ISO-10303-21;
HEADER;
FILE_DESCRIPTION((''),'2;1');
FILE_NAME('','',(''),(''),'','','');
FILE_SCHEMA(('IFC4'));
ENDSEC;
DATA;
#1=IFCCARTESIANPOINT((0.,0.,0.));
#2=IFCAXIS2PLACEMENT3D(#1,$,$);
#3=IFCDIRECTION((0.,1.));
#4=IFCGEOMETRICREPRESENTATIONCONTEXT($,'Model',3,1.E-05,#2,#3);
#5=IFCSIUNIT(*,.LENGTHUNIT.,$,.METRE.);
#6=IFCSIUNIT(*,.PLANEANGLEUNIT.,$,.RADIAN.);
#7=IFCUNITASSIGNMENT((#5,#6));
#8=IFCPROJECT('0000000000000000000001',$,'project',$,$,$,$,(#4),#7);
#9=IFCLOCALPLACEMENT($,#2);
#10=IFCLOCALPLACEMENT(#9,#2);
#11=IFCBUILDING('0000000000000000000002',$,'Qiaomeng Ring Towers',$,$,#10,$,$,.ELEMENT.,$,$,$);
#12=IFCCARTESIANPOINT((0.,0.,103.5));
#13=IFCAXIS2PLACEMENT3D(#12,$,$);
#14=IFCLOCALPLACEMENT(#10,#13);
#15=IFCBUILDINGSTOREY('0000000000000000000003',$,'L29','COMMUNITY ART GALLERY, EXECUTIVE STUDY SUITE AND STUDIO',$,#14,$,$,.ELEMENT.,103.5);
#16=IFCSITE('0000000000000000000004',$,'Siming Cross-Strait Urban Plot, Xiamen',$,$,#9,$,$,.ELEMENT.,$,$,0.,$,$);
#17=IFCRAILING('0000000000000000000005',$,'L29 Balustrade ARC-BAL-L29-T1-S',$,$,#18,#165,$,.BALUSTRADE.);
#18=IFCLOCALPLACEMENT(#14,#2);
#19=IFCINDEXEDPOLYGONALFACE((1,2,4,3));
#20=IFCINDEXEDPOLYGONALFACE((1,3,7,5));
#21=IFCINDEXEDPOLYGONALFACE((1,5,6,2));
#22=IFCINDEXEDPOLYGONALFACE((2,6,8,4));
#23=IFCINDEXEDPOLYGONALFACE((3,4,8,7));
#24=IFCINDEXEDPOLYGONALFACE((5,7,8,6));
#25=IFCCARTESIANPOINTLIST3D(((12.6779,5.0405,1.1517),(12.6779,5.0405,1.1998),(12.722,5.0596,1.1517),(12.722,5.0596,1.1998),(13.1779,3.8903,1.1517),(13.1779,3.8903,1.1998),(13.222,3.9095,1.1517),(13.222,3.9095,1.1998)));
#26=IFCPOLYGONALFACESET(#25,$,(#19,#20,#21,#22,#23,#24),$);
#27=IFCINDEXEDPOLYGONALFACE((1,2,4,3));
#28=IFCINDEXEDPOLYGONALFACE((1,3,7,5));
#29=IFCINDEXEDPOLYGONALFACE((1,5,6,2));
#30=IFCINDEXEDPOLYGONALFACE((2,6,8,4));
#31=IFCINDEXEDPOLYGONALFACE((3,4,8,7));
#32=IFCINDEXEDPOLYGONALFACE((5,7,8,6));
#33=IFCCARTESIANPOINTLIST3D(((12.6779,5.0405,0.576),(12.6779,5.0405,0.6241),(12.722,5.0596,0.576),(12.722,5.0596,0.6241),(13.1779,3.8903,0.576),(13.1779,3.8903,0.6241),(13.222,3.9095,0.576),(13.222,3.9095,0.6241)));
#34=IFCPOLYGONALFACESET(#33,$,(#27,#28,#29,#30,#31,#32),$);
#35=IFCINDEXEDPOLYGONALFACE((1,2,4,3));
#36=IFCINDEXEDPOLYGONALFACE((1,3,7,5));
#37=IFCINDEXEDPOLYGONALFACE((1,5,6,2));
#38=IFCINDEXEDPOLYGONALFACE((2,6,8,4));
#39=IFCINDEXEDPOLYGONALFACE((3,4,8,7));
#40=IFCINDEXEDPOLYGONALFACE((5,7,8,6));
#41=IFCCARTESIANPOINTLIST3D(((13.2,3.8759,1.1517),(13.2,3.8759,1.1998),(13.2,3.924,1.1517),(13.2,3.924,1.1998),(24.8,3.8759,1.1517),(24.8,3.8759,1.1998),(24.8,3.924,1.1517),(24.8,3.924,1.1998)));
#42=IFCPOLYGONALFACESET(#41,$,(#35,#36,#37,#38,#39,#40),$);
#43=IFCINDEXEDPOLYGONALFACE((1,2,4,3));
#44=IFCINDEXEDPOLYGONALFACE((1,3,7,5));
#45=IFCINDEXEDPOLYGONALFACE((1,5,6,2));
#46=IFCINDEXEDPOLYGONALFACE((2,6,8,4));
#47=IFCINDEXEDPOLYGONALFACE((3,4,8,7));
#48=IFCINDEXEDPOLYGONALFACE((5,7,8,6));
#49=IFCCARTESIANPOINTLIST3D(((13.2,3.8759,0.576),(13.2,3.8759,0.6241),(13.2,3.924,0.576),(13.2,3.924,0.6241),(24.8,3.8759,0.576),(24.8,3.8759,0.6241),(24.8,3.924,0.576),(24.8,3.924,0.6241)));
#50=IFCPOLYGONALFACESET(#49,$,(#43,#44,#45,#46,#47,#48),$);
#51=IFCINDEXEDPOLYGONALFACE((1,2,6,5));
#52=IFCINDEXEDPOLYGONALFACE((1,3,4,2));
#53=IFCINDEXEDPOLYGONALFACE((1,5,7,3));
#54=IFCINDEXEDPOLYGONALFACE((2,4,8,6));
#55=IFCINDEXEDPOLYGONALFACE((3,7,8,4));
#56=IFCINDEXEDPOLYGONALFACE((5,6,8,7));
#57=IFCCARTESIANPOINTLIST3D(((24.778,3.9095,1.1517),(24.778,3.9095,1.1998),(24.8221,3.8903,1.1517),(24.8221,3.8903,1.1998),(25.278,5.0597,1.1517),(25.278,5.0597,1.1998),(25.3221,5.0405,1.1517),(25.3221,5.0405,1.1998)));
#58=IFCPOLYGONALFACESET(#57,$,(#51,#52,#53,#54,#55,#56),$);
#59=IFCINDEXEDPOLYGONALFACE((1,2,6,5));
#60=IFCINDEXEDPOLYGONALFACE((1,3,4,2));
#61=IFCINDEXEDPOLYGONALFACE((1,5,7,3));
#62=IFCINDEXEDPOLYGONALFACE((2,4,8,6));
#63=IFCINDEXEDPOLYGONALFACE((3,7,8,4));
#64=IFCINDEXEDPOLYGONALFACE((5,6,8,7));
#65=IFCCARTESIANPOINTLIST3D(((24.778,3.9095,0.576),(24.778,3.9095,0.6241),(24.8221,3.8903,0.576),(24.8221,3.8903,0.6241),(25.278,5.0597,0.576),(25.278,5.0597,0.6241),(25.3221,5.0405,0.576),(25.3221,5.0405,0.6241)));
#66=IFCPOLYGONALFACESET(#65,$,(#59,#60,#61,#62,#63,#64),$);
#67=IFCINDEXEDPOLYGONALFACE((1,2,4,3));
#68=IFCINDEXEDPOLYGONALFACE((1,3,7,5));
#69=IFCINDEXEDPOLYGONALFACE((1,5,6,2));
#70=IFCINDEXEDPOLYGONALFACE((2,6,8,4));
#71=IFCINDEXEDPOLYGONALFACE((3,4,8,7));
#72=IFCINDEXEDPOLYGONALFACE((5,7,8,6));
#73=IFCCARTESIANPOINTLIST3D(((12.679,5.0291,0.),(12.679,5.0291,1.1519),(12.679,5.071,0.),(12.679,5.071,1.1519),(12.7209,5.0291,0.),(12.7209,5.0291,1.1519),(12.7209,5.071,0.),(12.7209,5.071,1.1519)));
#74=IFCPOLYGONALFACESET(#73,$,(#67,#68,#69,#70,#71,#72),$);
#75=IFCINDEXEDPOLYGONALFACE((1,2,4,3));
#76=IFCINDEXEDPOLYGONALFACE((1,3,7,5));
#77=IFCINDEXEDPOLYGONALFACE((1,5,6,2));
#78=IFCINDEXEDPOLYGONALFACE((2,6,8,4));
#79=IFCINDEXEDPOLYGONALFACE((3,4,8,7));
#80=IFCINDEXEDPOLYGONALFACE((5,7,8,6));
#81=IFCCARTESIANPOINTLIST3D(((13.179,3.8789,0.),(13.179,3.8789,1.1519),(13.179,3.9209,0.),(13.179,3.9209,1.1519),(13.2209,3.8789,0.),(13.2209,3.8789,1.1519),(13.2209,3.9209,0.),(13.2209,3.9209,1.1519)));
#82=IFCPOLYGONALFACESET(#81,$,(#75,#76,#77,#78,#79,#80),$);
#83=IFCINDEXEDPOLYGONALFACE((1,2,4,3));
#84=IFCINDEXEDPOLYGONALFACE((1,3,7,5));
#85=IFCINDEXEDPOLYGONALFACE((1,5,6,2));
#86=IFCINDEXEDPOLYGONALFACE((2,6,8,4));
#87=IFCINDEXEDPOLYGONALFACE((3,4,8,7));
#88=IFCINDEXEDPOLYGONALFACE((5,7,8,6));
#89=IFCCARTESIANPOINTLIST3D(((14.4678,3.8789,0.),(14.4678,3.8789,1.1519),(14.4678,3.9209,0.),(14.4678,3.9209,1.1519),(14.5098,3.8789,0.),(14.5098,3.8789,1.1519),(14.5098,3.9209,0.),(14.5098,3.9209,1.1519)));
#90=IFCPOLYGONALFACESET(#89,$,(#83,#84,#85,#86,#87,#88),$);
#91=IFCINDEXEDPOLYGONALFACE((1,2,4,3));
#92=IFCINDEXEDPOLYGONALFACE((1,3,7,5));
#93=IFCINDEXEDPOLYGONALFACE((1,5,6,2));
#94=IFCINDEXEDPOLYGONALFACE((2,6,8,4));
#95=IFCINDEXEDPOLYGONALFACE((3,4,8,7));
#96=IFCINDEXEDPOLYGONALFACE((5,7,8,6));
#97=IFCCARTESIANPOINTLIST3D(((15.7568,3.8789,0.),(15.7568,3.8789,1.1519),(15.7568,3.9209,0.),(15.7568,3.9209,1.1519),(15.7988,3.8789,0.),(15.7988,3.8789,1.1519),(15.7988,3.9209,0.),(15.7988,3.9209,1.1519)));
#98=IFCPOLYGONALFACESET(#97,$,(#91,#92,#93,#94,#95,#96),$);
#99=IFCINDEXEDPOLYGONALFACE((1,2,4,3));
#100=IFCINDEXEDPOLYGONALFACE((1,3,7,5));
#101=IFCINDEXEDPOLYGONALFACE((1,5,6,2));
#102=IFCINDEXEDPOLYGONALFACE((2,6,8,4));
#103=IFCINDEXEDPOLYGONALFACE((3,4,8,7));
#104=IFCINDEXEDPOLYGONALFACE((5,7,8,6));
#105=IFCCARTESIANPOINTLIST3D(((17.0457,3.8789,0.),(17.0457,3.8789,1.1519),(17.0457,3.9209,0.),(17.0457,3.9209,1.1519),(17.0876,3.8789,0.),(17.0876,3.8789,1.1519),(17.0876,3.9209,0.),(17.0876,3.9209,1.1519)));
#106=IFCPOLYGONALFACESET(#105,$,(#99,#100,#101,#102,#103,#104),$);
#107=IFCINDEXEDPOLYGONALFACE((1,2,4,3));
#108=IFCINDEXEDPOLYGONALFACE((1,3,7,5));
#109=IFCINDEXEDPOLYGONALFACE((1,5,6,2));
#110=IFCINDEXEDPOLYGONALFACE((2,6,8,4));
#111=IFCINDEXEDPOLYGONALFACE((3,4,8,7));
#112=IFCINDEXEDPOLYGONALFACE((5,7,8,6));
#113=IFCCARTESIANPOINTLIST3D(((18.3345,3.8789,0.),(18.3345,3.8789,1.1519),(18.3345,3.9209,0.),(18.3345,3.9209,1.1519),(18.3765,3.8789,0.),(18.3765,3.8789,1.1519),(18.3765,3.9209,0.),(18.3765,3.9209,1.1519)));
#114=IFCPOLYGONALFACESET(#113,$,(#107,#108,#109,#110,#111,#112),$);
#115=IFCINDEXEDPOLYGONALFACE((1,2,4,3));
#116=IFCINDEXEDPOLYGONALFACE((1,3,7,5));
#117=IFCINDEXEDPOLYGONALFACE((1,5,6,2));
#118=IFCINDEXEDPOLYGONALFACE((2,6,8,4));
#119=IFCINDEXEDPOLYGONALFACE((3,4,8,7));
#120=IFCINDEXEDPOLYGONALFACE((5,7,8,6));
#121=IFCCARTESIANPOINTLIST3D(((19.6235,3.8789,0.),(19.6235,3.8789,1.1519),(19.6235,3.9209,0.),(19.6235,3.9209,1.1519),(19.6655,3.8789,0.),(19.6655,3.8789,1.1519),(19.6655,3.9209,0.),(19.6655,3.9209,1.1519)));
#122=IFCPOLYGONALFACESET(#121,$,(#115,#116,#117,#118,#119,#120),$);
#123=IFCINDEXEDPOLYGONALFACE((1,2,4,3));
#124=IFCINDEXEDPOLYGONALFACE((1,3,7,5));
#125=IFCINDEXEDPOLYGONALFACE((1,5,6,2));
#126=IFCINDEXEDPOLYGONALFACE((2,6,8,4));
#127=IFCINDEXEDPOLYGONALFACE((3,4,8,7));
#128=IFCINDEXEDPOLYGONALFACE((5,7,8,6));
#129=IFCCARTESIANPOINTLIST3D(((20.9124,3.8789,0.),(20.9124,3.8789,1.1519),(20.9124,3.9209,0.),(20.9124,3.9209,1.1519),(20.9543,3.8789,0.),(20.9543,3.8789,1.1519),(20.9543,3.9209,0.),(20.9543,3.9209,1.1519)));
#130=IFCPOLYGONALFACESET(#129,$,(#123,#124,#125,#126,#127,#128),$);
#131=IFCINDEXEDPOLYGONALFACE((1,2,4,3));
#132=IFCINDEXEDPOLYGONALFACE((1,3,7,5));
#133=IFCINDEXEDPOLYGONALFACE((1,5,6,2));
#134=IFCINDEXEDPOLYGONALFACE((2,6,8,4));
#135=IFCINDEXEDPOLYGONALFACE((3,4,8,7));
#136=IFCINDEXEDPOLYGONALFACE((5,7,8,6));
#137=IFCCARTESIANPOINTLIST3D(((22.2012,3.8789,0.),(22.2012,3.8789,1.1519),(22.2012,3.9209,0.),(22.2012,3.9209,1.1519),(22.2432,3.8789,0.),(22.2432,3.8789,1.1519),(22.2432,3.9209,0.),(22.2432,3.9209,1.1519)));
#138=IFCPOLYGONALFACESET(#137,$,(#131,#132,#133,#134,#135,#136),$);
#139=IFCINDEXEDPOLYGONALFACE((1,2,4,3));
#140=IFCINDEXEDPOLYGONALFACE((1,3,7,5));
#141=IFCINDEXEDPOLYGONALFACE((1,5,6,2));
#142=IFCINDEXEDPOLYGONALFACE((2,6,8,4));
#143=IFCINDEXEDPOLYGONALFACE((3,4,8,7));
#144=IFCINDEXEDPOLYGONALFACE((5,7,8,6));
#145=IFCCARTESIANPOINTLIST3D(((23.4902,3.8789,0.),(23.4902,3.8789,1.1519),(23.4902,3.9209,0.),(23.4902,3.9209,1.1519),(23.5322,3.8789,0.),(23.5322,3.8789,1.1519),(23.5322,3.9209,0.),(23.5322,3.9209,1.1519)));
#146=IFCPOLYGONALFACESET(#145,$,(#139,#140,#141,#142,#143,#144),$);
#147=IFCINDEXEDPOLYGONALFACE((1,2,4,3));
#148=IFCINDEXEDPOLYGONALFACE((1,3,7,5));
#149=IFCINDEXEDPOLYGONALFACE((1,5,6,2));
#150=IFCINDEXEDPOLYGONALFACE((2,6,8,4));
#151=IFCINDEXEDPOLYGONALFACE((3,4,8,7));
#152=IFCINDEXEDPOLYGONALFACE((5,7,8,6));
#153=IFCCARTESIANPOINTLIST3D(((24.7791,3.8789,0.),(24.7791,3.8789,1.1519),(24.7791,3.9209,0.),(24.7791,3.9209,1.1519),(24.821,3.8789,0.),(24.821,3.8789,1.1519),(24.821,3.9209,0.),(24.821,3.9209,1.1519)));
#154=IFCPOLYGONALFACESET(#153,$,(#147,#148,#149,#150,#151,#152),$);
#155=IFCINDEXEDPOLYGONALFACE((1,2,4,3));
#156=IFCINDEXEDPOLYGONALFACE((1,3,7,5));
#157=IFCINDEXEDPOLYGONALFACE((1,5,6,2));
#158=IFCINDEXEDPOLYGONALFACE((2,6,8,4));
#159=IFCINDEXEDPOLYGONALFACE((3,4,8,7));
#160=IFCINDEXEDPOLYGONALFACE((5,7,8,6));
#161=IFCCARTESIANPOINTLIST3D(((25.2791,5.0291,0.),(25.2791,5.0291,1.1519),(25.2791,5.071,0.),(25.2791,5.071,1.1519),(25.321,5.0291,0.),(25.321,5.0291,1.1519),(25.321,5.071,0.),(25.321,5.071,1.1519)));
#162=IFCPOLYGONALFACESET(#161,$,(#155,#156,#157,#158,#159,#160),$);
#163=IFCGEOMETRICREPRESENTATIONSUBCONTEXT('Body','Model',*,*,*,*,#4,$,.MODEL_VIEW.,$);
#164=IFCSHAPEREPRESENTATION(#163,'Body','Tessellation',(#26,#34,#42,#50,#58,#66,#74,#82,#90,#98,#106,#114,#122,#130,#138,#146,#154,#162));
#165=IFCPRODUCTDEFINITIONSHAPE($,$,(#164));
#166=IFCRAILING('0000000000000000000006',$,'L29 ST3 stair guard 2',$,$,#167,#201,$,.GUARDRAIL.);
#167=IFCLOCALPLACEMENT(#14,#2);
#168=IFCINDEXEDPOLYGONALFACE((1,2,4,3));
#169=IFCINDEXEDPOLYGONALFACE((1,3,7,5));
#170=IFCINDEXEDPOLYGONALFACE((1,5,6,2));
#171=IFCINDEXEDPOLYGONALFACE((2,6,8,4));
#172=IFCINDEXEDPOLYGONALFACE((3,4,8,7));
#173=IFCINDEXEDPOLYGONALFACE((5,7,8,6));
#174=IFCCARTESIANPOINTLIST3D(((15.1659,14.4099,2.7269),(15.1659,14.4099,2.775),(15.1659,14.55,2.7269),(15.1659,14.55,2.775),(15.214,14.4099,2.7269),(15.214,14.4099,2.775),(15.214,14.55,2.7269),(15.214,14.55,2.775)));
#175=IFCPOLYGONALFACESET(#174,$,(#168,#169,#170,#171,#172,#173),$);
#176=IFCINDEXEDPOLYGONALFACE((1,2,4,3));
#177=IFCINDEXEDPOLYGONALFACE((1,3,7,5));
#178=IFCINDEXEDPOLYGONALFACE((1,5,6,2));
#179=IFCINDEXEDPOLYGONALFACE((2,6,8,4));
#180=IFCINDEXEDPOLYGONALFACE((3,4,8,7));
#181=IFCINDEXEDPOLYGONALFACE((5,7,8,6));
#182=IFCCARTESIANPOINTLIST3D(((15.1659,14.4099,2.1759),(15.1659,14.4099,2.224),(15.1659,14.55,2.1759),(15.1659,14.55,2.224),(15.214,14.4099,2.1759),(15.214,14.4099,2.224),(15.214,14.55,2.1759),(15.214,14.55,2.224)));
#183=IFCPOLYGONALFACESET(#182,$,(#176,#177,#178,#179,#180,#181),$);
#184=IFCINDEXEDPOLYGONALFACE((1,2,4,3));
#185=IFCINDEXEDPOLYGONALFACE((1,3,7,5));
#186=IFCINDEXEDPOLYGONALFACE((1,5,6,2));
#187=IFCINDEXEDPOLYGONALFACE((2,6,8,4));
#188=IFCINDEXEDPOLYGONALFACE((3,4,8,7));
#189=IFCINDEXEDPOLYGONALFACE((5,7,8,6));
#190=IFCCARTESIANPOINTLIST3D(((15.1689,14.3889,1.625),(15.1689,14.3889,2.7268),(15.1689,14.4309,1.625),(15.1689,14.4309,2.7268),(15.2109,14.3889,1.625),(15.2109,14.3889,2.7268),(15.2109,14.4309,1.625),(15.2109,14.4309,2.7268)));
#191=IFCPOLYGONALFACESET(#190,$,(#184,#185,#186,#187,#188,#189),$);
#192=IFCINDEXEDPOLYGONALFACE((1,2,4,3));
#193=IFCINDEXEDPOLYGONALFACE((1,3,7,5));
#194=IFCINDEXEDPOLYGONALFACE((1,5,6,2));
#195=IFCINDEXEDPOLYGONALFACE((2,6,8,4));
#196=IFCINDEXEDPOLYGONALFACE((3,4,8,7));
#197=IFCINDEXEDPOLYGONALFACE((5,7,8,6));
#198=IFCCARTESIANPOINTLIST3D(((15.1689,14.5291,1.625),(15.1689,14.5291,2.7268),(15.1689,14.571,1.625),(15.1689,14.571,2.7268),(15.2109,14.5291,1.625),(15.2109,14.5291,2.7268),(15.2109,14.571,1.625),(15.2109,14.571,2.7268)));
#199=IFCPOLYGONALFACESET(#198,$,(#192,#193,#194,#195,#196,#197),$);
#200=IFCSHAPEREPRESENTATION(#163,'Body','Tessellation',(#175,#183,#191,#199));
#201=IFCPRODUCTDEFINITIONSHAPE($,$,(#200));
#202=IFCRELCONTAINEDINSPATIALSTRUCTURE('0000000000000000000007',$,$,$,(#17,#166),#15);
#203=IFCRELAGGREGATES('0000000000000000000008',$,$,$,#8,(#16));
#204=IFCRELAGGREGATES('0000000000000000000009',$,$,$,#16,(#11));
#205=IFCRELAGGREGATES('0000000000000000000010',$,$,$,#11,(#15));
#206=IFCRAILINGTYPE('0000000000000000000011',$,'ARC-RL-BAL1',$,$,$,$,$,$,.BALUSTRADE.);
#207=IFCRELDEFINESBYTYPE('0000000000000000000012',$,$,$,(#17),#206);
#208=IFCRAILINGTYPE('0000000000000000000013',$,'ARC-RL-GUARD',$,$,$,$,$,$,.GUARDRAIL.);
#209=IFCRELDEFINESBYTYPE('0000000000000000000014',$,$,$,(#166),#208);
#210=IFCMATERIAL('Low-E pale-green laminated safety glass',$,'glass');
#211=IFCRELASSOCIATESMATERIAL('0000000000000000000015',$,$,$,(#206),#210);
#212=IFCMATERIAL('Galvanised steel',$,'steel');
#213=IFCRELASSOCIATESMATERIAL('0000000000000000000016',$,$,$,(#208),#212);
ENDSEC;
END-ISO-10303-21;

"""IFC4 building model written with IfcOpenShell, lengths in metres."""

from ifc_helpers import new_model, si_unit, direction, frame, origin, origin_2d, place, context, subcontext, project, spatial, rectangle, extrude, material, type_object, element, save


model = new_model("IFC4")

# Units and contexts
model_context = context("Model", 3, precision=1e-05, world=origin(), true_north=direction((0.0, 1.0)))
body_context = subcontext(model_context, "Body", "Model", "MODEL_VIEW")
ifc_project = project(units=[si_unit("LENGTHUNIT", "METRE"), si_unit("PLANEANGLEUNIT", "RADIAN")], contexts=[model_context])

# Site, building, storey
site_placement = place(None, origin())
site = spatial("IfcSite", under=ifc_project, at=site_placement, Name="Siming Cross-Strait Urban Plot, Xiamen", CompositionType="ELEMENT", RefElevation=0.0)
building_placement = place(site_placement, origin())
building = spatial("IfcBuilding", under=site, at=building_placement, Name="Qiaomeng Ring Towers", CompositionType="ELEMENT")
storey_placement = place(building_placement, frame((0.0, 0.0, 103.5)))
storey = spatial("IfcBuildingStorey", under=building, at=storey_placement, Name="L29", Description="COMMUNITY ART GALLERY, EXECUTIVE STUDY SUITE AND STUDIO", CompositionType="ELEMENT", Elevation=103.5)

# Shared definitions
ifc_material_1 = material(Name="Galvanised steel", Category="steel")

# Railings
ifc_material_2 = material(Name="Low-E pale-green laminated safety glass", Category="glass")
railing_type_1 = type_object("IfcRailingType", Name="ARC-RL-BAL1", PredefinedType="BALUSTRADE", material=ifc_material_2)
railing_1_placement = place(storey_placement, frame((12.7, 5.05, 0.0)))
element("IfcRailing", 1, at=railing_1_placement, inside=storey, type_object=railing_type_1, Name="L29 Balustrade ARC-BAL-L29-T1-S", PredefinedType="BALUSTRADE", context=body_context, shape_type="SweptSolid", body=[
    extrude(rectangle(XDim=0.0481, YDim=0.0481, at=origin_2d()), frame((0.0, 0.0, 1.1758), z_axis=(0.398683, -0.917089, 0.0), x_axis=(0.917089, 0.398683, 0.0)), (0.0, 0.0, 1.0), 1.2542),
    extrude(rectangle(XDim=0.0481, YDim=0.0481, at=origin_2d()), frame((0.0, 0.0, 0.6001), z_axis=(0.398683, -0.917089, 0.0), x_axis=(0.917089, 0.398683, 0.0)), (0.0, 0.0, 1.0), 1.2542),
    extrude(rectangle(XDim=0.0481, YDim=0.0481, at=origin_2d()), frame((0.5, -1.1501, 1.1758), z_axis=(1.0, 0.0, 0.0), x_axis=(0.0, 1.0, 0.0)), (0.0, 0.0, 1.0), 11.6001),
    extrude(rectangle(XDim=0.0481, YDim=0.0481, at=origin_2d()), frame((0.5, -1.1501, 0.6001), z_axis=(1.0, 0.0, 0.0), x_axis=(0.0, 1.0, 0.0)), (0.0, 0.0, 1.0), 11.6001),
    extrude(rectangle(XDim=0.0481, YDim=0.0481, at=origin_2d()), frame((12.1001, -1.1501, 1.1758), z_axis=(0.398683, 0.917089, 0.0), x_axis=(-0.917089, 0.398683, 0.0)), (0.0, 0.0, 1.0), 1.2542),
    extrude(rectangle(XDim=0.0481, YDim=0.0481, at=origin_2d()), frame((12.1001, -1.1501, 0.6001), z_axis=(0.398683, 0.917089, 0.0), x_axis=(-0.917089, 0.398683, 0.0)), (0.0, 0.0, 1.0), 1.2542),
    extrude(rectangle(XDim=0.042, YDim=0.042, at=origin_2d()), origin(), (0.0, 0.0, 1.0), 1.1519),
    extrude(rectangle(XDim=0.042, YDim=0.042, at=origin_2d()), frame((0.5, -1.1501, 0.0)), (0.0, 0.0, 1.0), 1.1519),
    extrude(rectangle(XDim=0.042, YDim=0.042, at=origin_2d()), frame((1.7888, -1.1501, 0.0)), (0.0, 0.0, 1.0), 1.1519),
    extrude(rectangle(XDim=0.042, YDim=0.042, at=origin_2d()), frame((3.0779, -1.1501, 0.0)), (0.0, 0.0, 1.0), 1.1519),
    extrude(rectangle(XDim=0.042, YDim=0.042, at=origin_2d()), frame((4.3667, -1.1501, 0.0)), (0.0, 0.0, 1.0), 1.1519),
    extrude(rectangle(XDim=0.042, YDim=0.042, at=origin_2d()), frame((5.6555, -1.1501, 0.0)), (0.0, 0.0, 1.0), 1.1519),
    extrude(rectangle(XDim=0.042, YDim=0.042, at=origin_2d()), frame((6.9446, -1.1501, 0.0)), (0.0, 0.0, 1.0), 1.1519),
    extrude(rectangle(XDim=0.042, YDim=0.042, at=origin_2d()), frame((8.2334, -1.1501, 0.0)), (0.0, 0.0, 1.0), 1.1519),
    extrude(rectangle(XDim=0.042, YDim=0.042, at=origin_2d()), frame((9.5222, -1.1501, 0.0)), (0.0, 0.0, 1.0), 1.1519),
    extrude(rectangle(XDim=0.042, YDim=0.042, at=origin_2d()), frame((10.8113, -1.1501, 0.0)), (0.0, 0.0, 1.0), 1.1519),
    extrude(rectangle(XDim=0.042, YDim=0.042, at=origin_2d()), frame((12.1001, -1.1501, 0.0)), (0.0, 0.0, 1.0), 1.1519),
    extrude(rectangle(XDim=0.042, YDim=0.042, at=origin_2d()), frame((12.6001, 0.0, 0.0)), (0.0, 0.0, 1.0), 1.1519),
])
railing_type_2 = type_object("IfcRailingType", Name="ARC-RL-GUARD", PredefinedType="GUARDRAIL", material=ifc_material_1)
railing_2_placement = place(storey_placement, frame((15.1899, 14.4099, 1.625)))
element("IfcRailing", 2, at=railing_2_placement, inside=storey, type_object=railing_type_2, Name="L29 ST3 stair guard 2", PredefinedType="GUARDRAIL", context=body_context, shape_type="SweptSolid", body=[
    extrude(rectangle(XDim=0.0481, YDim=0.0481, at=origin_2d()), frame((0.0, 0.0, 1.126), z_axis=(0.0, 1.0, 0.0), x_axis=(-1.0, 0.0, 0.0)), (0.0, 0.0, 1.0), 0.1401),
    extrude(rectangle(XDim=0.0481, YDim=0.0481, at=origin_2d()), frame((0.0, 0.0, 0.575), z_axis=(0.0, 1.0, 0.0), x_axis=(-1.0, 0.0, 0.0)), (0.0, 0.0, 1.0), 0.1401),
    extrude(rectangle(XDim=0.042, YDim=0.042, at=origin_2d()), origin(), (0.0, 0.0, 1.0), 1.1018),
    extrude(rectangle(XDim=0.042, YDim=0.042, at=origin_2d()), frame((0.0, 0.1401, 0.0)), (0.0, 0.0, 1.0), 1.1018),
])

save(model, "model.ifc")
